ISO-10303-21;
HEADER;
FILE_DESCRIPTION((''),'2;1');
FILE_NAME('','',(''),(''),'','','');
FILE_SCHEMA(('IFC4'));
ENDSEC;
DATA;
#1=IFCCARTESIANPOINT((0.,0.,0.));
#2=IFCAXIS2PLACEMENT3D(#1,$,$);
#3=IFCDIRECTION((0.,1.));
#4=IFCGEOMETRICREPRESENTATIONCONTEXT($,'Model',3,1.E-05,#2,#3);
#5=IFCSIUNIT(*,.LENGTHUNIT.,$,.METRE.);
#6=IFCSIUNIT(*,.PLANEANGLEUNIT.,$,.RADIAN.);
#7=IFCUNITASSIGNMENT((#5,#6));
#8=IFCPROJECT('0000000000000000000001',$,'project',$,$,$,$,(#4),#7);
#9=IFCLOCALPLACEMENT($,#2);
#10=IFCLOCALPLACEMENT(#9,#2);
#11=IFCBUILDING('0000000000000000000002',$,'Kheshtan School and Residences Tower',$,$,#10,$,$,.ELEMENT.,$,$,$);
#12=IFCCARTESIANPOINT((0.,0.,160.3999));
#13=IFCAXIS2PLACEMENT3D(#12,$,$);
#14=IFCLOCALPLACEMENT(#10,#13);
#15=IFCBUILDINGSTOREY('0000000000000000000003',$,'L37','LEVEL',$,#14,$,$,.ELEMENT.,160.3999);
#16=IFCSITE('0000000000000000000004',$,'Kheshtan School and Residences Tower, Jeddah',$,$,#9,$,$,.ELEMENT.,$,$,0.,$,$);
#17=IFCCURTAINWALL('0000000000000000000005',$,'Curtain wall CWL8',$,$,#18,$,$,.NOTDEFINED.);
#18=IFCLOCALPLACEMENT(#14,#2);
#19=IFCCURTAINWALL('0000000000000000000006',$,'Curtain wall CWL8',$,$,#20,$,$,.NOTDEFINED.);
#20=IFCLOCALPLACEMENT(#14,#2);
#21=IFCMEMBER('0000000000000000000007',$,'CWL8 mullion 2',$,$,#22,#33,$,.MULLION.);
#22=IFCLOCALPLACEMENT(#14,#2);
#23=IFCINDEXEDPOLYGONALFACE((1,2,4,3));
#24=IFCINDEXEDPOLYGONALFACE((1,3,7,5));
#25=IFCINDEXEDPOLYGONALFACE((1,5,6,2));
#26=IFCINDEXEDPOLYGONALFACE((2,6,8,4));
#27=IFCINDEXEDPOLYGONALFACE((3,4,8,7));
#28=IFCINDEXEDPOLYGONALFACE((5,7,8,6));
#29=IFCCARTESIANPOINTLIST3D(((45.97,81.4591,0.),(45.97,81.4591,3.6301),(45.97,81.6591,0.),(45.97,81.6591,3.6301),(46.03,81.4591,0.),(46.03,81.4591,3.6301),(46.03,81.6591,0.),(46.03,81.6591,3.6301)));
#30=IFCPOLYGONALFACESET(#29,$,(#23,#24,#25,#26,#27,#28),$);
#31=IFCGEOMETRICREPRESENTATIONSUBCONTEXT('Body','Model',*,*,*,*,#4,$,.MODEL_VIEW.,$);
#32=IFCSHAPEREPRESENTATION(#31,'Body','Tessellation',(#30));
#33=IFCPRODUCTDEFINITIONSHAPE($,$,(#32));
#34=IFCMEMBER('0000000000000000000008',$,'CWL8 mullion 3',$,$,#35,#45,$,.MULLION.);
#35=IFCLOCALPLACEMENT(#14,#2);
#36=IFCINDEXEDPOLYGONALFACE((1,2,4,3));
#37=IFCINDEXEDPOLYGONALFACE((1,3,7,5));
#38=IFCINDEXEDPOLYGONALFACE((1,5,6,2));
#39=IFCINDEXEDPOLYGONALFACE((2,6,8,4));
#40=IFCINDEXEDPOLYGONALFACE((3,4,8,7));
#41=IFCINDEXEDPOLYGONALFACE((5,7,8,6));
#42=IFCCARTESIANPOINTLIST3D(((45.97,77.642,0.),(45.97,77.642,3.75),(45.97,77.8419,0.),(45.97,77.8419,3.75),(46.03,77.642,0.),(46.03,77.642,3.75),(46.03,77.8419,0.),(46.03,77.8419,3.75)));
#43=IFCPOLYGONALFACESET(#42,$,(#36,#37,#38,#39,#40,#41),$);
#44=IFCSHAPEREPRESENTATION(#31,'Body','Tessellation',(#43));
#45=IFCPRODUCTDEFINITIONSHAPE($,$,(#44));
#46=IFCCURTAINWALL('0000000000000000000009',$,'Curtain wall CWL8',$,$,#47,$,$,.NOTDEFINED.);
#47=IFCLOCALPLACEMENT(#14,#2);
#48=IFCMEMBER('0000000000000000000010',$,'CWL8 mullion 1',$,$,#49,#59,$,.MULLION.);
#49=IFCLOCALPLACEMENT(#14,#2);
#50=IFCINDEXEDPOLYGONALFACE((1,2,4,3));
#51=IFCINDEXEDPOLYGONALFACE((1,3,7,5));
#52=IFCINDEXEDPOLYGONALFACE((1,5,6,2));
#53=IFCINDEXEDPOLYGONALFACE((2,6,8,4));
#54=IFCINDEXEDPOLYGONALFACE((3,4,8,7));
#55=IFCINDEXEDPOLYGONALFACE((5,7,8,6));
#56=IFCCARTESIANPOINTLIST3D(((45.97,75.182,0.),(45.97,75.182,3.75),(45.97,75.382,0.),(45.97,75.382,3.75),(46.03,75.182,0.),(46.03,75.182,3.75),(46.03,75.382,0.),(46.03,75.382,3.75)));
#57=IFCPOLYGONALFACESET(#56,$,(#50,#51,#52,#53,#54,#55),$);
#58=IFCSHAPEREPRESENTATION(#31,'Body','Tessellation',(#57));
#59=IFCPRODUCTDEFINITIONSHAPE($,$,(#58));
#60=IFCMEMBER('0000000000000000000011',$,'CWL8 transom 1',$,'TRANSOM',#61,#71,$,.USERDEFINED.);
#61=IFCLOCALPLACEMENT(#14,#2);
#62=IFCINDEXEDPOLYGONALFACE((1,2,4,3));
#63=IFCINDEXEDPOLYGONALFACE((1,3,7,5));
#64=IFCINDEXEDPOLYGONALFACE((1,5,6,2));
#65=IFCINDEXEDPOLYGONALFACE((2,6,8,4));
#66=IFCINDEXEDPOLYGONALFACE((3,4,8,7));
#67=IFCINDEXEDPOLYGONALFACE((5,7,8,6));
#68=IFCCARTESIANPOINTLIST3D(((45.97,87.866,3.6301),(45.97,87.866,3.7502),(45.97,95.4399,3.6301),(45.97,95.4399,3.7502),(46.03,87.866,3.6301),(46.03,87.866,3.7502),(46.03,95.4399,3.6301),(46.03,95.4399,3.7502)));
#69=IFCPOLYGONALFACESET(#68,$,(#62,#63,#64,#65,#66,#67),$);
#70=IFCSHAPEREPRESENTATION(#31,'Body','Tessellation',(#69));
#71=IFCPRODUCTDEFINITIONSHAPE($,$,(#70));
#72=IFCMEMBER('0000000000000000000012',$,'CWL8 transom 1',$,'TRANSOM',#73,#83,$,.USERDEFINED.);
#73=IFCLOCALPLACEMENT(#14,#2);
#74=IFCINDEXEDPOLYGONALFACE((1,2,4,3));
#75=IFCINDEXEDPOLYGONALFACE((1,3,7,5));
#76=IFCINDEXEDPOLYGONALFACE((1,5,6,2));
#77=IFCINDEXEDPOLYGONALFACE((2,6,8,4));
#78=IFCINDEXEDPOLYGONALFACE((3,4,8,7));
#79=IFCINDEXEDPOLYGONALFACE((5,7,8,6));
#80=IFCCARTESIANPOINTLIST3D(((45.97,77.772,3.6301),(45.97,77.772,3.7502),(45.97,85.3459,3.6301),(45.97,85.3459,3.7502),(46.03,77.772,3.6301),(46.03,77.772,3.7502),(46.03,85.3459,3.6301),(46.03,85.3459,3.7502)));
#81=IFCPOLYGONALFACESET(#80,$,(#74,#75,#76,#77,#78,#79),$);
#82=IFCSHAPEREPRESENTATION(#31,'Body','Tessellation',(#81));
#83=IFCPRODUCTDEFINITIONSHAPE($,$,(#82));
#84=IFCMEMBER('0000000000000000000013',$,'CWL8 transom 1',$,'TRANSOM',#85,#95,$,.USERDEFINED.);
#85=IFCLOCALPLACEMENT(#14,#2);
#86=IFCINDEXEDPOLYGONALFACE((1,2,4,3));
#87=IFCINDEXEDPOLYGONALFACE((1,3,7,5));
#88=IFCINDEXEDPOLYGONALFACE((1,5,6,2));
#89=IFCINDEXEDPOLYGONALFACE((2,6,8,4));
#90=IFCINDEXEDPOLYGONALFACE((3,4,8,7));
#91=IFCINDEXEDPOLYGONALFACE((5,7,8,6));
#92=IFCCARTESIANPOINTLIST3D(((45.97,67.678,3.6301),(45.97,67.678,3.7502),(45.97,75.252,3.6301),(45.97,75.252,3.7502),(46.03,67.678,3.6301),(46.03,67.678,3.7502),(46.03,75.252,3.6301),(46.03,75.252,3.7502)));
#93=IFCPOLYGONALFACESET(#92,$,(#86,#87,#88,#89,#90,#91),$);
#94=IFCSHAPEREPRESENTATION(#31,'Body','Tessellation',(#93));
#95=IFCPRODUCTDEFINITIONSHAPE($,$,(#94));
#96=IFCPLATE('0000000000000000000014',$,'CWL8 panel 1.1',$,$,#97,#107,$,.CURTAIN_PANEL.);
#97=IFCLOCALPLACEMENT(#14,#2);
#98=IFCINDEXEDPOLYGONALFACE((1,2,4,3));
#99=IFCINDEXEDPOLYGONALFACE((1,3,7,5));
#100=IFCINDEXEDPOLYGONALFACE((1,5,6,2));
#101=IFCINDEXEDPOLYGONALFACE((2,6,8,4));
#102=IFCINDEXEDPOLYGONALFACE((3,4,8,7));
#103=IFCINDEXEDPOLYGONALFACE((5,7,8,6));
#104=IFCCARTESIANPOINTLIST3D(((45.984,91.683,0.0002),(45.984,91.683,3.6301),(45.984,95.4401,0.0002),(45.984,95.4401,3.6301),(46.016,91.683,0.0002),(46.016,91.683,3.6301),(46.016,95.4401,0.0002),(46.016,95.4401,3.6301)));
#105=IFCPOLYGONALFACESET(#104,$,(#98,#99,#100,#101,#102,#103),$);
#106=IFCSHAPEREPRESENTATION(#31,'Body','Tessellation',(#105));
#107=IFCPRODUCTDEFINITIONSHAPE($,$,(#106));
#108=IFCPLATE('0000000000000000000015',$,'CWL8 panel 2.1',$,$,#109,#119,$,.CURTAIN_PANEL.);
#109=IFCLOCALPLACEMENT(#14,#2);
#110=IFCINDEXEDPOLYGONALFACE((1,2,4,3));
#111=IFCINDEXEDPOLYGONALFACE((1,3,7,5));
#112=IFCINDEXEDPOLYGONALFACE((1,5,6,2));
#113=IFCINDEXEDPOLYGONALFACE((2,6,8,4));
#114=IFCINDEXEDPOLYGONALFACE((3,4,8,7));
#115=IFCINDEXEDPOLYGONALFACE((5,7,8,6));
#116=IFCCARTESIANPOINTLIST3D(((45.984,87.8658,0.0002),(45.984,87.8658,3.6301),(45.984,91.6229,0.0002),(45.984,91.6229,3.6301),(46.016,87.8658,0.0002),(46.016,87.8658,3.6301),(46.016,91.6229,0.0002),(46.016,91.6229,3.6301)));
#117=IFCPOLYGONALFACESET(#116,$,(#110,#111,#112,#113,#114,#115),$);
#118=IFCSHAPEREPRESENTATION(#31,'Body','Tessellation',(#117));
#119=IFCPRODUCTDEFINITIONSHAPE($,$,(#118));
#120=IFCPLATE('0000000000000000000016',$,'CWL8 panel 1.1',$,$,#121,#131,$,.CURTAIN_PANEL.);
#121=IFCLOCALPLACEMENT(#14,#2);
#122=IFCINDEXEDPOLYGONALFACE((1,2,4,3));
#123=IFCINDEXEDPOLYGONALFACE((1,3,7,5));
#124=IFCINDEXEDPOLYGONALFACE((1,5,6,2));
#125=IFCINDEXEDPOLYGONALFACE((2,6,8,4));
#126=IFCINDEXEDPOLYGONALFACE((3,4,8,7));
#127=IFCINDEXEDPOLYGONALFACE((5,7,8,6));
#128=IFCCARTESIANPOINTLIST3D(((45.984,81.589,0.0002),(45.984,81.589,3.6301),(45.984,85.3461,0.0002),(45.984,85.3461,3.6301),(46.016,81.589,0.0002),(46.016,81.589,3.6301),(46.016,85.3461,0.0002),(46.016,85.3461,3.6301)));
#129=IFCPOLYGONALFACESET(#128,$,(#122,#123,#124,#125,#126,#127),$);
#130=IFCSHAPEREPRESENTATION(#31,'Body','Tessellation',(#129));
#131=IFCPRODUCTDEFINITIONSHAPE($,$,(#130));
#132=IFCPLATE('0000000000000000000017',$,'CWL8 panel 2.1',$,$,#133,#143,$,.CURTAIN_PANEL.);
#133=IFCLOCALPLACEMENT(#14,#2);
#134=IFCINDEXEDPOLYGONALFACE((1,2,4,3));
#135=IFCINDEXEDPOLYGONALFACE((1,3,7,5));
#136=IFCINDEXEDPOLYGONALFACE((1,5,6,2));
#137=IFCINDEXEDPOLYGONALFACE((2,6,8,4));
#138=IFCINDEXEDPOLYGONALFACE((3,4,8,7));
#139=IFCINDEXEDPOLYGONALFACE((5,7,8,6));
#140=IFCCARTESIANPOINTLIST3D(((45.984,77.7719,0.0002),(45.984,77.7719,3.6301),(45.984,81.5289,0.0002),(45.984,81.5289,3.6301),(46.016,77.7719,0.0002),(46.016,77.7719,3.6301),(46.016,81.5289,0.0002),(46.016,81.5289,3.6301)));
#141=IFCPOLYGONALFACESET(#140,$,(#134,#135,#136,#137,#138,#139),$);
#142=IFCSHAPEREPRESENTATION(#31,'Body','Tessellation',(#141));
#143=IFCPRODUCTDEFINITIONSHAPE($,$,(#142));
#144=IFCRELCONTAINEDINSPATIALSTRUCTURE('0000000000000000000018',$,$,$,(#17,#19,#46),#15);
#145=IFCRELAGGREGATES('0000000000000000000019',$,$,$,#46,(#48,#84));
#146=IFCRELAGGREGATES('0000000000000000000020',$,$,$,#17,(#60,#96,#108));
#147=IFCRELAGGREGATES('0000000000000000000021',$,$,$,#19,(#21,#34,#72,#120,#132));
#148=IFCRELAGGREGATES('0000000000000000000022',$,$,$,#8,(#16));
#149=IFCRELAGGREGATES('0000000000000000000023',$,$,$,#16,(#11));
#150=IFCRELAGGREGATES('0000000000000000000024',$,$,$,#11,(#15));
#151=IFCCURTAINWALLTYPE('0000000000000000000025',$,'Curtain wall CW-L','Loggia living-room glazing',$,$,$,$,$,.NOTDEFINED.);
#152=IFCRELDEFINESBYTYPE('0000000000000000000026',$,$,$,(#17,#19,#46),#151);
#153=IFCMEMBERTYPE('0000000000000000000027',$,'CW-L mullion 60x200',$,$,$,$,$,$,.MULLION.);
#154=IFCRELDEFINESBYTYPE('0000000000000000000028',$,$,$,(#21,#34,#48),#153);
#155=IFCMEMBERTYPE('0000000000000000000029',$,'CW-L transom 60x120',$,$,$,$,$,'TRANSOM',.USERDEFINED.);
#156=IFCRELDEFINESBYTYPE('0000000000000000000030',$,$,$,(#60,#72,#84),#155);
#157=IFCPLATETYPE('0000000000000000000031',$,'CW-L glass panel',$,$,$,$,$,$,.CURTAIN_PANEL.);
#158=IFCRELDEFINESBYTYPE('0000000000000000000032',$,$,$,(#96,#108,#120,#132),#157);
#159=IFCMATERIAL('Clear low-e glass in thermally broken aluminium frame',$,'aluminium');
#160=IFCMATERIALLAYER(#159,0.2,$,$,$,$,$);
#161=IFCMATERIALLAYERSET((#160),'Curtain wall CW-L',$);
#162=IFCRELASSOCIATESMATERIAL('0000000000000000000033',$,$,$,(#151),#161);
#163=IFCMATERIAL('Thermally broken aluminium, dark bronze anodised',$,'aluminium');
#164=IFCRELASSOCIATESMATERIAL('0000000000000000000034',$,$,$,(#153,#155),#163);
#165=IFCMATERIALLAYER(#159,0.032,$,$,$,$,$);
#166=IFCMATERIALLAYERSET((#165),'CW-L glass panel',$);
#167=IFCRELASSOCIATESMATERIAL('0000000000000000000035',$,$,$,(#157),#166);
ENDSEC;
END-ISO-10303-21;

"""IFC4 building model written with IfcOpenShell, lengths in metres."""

from ifc_helpers import new_model, si_unit, direction, frame, origin, origin_2d, place, context, subcontext, project, spatial, rectangle, extrude, material, layer, layer_set, material_profile, profile_set, type_object, element, aggregate, save


model = new_model("IFC4")

# Units and contexts
model_context = context("Model", 3, precision=1e-05, world=origin(), true_north=direction((0.0, 1.0)))
body_context = subcontext(model_context, "Body", "Model", "MODEL_VIEW")
ifc_project = project(units=[si_unit("LENGTHUNIT", "METRE"), si_unit("PLANEANGLEUNIT", "RADIAN")], contexts=[model_context])

# Site, building, storey
site_placement = place(None, origin())
site = spatial("IfcSite", under=ifc_project, at=site_placement, Name="Kheshtan School and Residences Tower, Jeddah", CompositionType="ELEMENT", RefElevation=0.0)
building_placement = place(site_placement, origin())
building = spatial("IfcBuilding", under=site, at=building_placement, Name="Kheshtan School and Residences Tower", CompositionType="ELEMENT")
storey_placement = place(building_placement, frame((0.0, 0.0, 160.3999)))
storey = spatial("IfcBuildingStorey", under=building, at=storey_placement, Name="L37", Description="LEVEL", CompositionType="ELEMENT", Elevation=160.3999)

# Curtain walls, members
ifc_material_1 = material(Name="Clear low-e glass in thermally broken aluminium frame", Category="aluminium")
ifc_layer_1 = layer(ifc_material_1, 0.2)
ifc_layer_set_1 = layer_set([ifc_layer_1], Name="Curtain wall CW-L")
curtain_wall_type = type_object("IfcCurtainWallType", Name="Curtain wall CW-L", Description="Loggia living-room glazing", PredefinedType="NOTDEFINED", material=ifc_layer_set_1)
curtain_wall_1_placement = place(storey_placement, origin())
curtain_wall_1 = element("IfcCurtainWall", 1, at=curtain_wall_1_placement, inside=storey, type_object=curtain_wall_type, Name="Curtain wall CWL8", PredefinedType="NOTDEFINED")
ifc_material_2 = material(Name="Thermally broken aluminium, dark bronze anodised", Category="aluminium")
ifc_material_profile_1 = material_profile(ifc_material_2, rectangle(XDim=0.0601, YDim=0.2, at=origin_2d()), Name="CW-L mullion 60x200")
ifc_profile_set_1 = profile_set([ifc_material_profile_1], Name="Thermally broken aluminium, dark bronze anodised")
member_type_1 = type_object("IfcMemberType", Name="CW-L mullion 60x200", PredefinedType="MULLION", material=ifc_profile_set_1)
curtain_wall_2_placement = place(storey_placement, origin())
curtain_wall_2 = element("IfcCurtainWall", 2, at=curtain_wall_2_placement, inside=storey, type_object=curtain_wall_type, Name="Curtain wall CWL8", PredefinedType="NOTDEFINED")
member_1_placement = place(storey_placement, frame((46.0, 81.5591, 0.0), z_axis=(0.0, 0.0, 1.0), x_axis=(1.0, 0.0, 0.0)))
member_1 = element("IfcMember", 3, at=member_1_placement, type_object=member_type_1, Name="CWL8 mullion 2", PredefinedType="MULLION", context=body_context, shape_type="SweptSolid", body=[
    extrude(rectangle(XDim=0.0601, YDim=0.2, at=origin_2d()), origin(), (0.0, 0.0, 1.0), 3.6301),
])
member_2_placement = place(storey_placement, frame((46.0, 77.7419, 0.0), z_axis=(0.0, 0.0, 1.0), x_axis=(1.0, 0.0, 0.0)))
member_2 = element("IfcMember", 4, at=member_2_placement, type_object=member_type_1, Name="CWL8 mullion 3", PredefinedType="MULLION", context=body_context, shape_type="SweptSolid", body=[
    extrude(rectangle(XDim=0.0601, YDim=0.2, at=origin_2d()), origin(), (0.0, 0.0, 1.0), 3.75),
])

# Curtain wall, member
curtain_wall_3_placement = place(storey_placement, origin())
curtain_wall_3 = element("IfcCurtainWall", 5, at=curtain_wall_3_placement, inside=storey, type_object=curtain_wall_type, Name="Curtain wall CWL8", PredefinedType="NOTDEFINED")
member_3_placement = place(storey_placement, frame((46.0, 75.282, 0.0), z_axis=(0.0, 0.0, 1.0), x_axis=(1.0, 0.0, 0.0)))
member_3 = element("IfcMember", 6, at=member_3_placement, type_object=member_type_1, Name="CWL8 mullion 1", PredefinedType="MULLION", context=body_context, shape_type="SweptSolid", body=[
    extrude(rectangle(XDim=0.0601, YDim=0.2, at=origin_2d()), origin(), (0.0, 0.0, 1.0), 3.75),
])

# Members
ifc_material_profile_2 = material_profile(ifc_material_2, rectangle(XDim=0.0601, YDim=0.1201, at=origin_2d()), Name="CW-L transom 60x120")
ifc_profile_set_2 = profile_set([ifc_material_profile_2], Name="Thermally broken aluminium, dark bronze anodised")
member_type_2 = type_object("IfcMemberType", Name="CW-L transom 60x120", ElementType="TRANSOM", PredefinedType="USERDEFINED", material=ifc_profile_set_2)
member_4_placement = place(storey_placement, frame((46.0, 95.4399, 3.6902), z_axis=(0.0, -1.0, 0.0), x_axis=(1.0, 0.0, 0.0)))
member_4 = element("IfcMember", 7, at=member_4_placement, type_object=member_type_2, Name="CWL8 transom 1", ObjectType="TRANSOM", PredefinedType="USERDEFINED", context=body_context, shape_type="SweptSolid", body=[
    extrude(rectangle(XDim=0.0601, YDim=0.1201, at=origin_2d()), origin(), (0.0, 0.0, 1.0), 7.574),
])
member_5_placement = place(storey_placement, frame((46.0, 85.3459, 3.6902), z_axis=(0.0, -1.0, 0.0), x_axis=(1.0, 0.0, 0.0)))
member_5 = element("IfcMember", 8, at=member_5_placement, type_object=member_type_2, Name="CWL8 transom 1", ObjectType="TRANSOM", PredefinedType="USERDEFINED", context=body_context, shape_type="SweptSolid", body=[
    extrude(rectangle(XDim=0.0601, YDim=0.1201, at=origin_2d()), origin(), (0.0, 0.0, 1.0), 7.574),
])
member_6_placement = place(storey_placement, frame((46.0, 75.252, 3.6902), z_axis=(0.0, -1.0, 0.0), x_axis=(1.0, 0.0, 0.0)))
member_6 = element("IfcMember", 9, at=member_6_placement, type_object=member_type_2, Name="CWL8 transom 1", ObjectType="TRANSOM", PredefinedType="USERDEFINED", context=body_context, shape_type="SweptSolid", body=[
    extrude(rectangle(XDim=0.0601, YDim=0.1201, at=origin_2d()), origin(), (0.0, 0.0, 1.0), 7.574),
])
aggregate(curtain_wall_3, [member_3, member_6])

# Plates
ifc_layer_2 = layer(ifc_material_1, 0.032)
ifc_layer_set_2 = layer_set([ifc_layer_2], Name="CW-L glass panel")
plate_type = type_object("IfcPlateType", Name="CW-L glass panel", PredefinedType="CURTAIN_PANEL", material=ifc_layer_set_2)
plate_1_placement = place(storey_placement, frame((46.0, 93.5615, 0.0002), z_axis=(0.0, 0.0, 1.0), x_axis=(0.0, -1.0, 0.0)))
plate_1 = element("IfcPlate", 10, at=plate_1_placement, type_object=plate_type, Name="CWL8 panel 1.1", PredefinedType="CURTAIN_PANEL", context=body_context, shape_type="SweptSolid", body=[
    extrude(rectangle(XDim=3.7571, YDim=0.032, at=origin_2d()), origin(), (0.0, 0.0, 1.0), 3.6299),
])
plate_2_placement = place(storey_placement, frame((46.0, 89.7444, 0.0002), z_axis=(0.0, 0.0, 1.0), x_axis=(0.0, -1.0, 0.0)))
plate_2 = element("IfcPlate", 11, at=plate_2_placement, type_object=plate_type, Name="CWL8 panel 2.1", PredefinedType="CURTAIN_PANEL", context=body_context, shape_type="SweptSolid", body=[
    extrude(rectangle(XDim=3.7571, YDim=0.032, at=origin_2d()), origin(), (0.0, 0.0, 1.0), 3.6299),
])
aggregate(curtain_wall_1, [member_4, plate_1, plate_2])
plate_3_placement = place(storey_placement, frame((46.0, 83.4675, 0.0002), z_axis=(0.0, 0.0, 1.0), x_axis=(0.0, -1.0, 0.0)))
plate_3 = element("IfcPlate", 12, at=plate_3_placement, type_object=plate_type, Name="CWL8 panel 1.1", PredefinedType="CURTAIN_PANEL", context=body_context, shape_type="SweptSolid", body=[
    extrude(rectangle(XDim=3.7571, YDim=0.032, at=origin_2d()), origin(), (0.0, 0.0, 1.0), 3.6299),
])
plate_4_placement = place(storey_placement, frame((46.0, 79.6504, 0.0002), z_axis=(0.0, 0.0, 1.0), x_axis=(0.0, -1.0, 0.0)))
plate_4 = element("IfcPlate", 13, at=plate_4_placement, type_object=plate_type, Name="CWL8 panel 2.1", PredefinedType="CURTAIN_PANEL", context=body_context, shape_type="SweptSolid", body=[
    extrude(rectangle(XDim=3.7571, YDim=0.032, at=origin_2d()), origin(), (0.0, 0.0, 1.0), 3.6299),
])
aggregate(curtain_wall_2, [member_1, member_2, member_5, plate_3, plate_4])

save(model, "model.ifc")
